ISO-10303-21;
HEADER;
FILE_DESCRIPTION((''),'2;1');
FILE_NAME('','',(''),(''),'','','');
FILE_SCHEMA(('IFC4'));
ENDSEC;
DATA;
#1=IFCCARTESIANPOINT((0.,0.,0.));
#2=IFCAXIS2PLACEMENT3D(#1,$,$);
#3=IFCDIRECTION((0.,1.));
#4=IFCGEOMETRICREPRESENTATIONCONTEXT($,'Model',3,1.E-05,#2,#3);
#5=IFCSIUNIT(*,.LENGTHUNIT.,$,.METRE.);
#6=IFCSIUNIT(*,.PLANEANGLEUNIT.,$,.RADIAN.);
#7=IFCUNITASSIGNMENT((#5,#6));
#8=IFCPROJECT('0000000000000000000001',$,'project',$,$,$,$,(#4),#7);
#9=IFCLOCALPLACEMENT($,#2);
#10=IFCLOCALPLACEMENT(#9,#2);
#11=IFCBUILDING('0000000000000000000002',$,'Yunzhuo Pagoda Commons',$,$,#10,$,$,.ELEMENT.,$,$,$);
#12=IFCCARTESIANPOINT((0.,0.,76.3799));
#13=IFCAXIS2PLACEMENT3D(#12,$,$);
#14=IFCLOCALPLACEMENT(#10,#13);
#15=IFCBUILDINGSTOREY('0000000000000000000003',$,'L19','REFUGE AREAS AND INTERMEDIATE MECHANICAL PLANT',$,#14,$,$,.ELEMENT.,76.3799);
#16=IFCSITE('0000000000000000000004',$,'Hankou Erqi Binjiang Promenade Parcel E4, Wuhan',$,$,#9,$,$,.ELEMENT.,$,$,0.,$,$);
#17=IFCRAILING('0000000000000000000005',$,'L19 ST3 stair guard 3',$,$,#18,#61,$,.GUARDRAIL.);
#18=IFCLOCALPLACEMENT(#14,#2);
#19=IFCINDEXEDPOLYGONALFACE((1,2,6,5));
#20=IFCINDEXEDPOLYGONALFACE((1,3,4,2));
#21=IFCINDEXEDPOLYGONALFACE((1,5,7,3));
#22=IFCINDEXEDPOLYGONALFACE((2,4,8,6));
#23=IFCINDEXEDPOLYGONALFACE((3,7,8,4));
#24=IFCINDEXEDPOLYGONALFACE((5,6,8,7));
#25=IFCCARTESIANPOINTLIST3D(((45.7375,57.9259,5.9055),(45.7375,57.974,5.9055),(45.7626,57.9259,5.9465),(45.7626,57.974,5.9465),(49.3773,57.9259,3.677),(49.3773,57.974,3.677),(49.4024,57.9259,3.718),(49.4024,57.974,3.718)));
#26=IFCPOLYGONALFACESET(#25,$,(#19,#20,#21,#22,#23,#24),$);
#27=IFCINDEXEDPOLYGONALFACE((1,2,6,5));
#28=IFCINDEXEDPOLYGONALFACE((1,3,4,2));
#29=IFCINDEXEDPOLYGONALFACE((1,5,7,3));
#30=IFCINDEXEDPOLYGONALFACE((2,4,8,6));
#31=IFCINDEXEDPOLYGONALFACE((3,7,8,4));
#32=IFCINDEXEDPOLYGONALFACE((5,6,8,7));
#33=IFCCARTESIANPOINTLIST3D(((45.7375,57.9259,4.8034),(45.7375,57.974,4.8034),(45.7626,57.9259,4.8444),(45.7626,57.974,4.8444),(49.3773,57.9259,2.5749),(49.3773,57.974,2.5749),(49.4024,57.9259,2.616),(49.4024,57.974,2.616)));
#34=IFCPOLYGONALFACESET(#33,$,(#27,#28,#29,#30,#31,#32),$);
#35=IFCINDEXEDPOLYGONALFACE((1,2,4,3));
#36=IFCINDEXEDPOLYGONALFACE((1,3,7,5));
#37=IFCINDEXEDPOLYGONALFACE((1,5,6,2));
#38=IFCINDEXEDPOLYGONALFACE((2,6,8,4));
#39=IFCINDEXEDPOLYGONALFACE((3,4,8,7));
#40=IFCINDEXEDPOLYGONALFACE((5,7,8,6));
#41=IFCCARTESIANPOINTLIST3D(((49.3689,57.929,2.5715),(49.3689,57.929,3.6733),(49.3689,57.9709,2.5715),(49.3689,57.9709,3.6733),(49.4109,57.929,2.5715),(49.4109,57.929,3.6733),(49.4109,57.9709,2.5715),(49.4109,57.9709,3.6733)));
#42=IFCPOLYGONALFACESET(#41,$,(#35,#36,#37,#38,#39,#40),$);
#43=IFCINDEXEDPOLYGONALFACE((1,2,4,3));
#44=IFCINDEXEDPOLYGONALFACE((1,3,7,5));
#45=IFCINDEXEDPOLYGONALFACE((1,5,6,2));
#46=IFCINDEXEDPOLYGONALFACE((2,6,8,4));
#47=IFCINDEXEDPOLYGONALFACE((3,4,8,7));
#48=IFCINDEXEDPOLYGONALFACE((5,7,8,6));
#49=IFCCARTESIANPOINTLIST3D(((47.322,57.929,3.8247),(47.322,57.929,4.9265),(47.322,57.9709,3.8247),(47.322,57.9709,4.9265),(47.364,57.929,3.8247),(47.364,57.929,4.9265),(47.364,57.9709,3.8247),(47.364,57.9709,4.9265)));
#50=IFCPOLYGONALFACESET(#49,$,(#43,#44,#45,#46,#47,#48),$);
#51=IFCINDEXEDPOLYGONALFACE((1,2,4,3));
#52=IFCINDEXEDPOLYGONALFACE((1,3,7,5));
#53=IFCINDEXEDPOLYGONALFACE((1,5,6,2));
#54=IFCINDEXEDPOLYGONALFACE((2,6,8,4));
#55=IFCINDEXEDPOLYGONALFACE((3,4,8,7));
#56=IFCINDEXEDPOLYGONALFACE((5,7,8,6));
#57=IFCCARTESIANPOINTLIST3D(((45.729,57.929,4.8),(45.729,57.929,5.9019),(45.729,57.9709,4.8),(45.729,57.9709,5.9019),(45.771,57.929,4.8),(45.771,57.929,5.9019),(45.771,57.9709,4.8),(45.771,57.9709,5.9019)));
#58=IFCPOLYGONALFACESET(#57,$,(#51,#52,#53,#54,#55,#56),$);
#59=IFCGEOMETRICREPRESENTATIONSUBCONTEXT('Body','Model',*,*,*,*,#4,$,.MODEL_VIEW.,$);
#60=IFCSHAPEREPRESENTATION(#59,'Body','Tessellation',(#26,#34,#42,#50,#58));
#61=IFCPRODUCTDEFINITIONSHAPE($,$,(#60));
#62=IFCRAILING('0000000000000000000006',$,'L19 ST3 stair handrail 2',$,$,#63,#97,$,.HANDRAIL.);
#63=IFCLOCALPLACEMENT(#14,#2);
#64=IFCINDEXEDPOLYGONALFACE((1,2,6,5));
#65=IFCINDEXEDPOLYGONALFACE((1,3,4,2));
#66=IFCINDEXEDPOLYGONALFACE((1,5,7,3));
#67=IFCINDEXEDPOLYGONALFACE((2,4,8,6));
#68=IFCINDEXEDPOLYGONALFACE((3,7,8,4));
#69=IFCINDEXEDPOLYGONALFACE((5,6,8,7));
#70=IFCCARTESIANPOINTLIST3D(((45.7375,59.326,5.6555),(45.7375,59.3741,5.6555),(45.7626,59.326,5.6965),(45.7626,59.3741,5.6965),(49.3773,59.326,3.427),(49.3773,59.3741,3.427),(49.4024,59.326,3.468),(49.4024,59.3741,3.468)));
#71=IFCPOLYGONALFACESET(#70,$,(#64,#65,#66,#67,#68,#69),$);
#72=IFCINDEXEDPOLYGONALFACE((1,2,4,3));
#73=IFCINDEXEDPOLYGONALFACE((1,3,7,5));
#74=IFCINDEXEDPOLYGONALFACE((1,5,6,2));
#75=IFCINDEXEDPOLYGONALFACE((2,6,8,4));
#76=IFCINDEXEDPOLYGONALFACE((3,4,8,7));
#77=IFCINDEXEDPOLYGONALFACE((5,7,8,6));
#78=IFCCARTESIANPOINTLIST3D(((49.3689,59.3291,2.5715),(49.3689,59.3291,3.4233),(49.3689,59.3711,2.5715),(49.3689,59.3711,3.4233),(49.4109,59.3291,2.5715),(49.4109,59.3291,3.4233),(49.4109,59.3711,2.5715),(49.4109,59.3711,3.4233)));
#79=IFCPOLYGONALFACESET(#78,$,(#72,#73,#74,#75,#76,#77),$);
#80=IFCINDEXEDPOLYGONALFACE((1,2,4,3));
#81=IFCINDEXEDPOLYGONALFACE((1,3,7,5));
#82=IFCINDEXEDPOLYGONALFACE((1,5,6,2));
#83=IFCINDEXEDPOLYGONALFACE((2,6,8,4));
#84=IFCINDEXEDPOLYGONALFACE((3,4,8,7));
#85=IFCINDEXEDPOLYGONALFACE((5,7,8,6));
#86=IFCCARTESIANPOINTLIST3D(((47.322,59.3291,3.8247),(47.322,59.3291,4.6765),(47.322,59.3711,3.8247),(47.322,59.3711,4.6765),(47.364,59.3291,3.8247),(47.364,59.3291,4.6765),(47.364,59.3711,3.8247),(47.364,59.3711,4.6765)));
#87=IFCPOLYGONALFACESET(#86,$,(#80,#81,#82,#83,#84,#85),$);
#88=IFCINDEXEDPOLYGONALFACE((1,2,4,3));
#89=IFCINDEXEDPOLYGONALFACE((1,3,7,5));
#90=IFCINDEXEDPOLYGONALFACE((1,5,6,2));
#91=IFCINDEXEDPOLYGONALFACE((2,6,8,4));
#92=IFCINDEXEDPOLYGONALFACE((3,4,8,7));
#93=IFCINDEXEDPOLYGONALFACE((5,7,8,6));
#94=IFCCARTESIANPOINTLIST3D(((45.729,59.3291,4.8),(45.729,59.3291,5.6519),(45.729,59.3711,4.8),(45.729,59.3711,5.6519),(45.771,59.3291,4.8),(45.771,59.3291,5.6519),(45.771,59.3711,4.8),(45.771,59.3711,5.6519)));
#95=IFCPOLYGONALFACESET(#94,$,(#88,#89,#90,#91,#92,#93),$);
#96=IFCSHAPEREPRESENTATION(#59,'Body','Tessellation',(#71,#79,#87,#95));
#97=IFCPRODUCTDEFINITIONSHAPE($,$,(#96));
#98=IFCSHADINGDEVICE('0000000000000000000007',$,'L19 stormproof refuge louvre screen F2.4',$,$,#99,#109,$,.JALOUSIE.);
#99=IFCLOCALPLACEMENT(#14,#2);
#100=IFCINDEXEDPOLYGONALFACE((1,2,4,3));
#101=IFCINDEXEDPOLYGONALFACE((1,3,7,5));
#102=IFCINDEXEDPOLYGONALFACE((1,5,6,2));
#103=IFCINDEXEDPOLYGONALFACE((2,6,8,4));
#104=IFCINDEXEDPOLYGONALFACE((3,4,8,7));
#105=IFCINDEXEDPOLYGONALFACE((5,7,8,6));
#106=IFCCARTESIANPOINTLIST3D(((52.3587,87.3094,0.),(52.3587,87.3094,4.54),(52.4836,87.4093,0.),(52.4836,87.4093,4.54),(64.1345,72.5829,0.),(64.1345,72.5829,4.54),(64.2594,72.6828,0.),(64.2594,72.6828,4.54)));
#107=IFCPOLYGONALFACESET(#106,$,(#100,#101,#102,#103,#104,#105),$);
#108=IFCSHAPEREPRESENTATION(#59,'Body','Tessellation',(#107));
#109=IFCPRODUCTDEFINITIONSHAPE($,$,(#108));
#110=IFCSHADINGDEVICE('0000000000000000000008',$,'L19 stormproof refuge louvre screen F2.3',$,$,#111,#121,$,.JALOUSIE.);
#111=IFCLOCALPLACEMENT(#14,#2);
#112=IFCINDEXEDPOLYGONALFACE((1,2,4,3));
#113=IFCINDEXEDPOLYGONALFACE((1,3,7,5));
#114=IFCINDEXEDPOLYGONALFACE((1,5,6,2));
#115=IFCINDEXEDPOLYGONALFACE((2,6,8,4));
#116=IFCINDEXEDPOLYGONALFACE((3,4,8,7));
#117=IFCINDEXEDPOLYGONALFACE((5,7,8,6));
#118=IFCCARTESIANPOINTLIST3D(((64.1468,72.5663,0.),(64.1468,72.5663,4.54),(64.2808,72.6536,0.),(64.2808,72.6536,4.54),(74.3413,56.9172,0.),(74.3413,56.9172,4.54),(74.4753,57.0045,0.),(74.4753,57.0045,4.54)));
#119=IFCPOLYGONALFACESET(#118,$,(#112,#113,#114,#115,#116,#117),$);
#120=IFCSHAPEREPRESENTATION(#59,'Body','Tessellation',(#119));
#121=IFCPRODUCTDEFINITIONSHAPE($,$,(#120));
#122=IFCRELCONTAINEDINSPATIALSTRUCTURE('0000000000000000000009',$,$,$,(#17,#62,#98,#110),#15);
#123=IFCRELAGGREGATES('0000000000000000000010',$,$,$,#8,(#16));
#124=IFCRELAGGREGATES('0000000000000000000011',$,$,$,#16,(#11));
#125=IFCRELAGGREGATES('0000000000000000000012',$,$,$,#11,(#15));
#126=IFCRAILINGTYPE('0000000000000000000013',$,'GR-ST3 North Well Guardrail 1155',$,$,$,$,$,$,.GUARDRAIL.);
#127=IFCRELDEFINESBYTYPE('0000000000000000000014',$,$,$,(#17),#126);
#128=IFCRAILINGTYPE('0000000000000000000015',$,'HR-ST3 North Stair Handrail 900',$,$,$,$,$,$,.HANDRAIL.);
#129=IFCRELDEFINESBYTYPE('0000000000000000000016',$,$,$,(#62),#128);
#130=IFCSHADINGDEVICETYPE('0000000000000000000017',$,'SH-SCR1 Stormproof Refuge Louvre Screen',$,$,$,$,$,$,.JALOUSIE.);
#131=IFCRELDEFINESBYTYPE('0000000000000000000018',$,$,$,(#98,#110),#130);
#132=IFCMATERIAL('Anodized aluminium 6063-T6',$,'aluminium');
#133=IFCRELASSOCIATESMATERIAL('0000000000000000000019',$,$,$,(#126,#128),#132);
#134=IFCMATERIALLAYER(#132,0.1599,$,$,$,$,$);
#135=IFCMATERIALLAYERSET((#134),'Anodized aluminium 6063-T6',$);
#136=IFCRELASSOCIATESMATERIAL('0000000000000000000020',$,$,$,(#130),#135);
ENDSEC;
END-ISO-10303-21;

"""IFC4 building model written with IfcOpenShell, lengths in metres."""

from ifc_helpers import new_model, si_unit, direction, frame, origin, origin_2d, place, context, subcontext, project, spatial, rectangle, extrude, source, transform, mapped, material, layer, layer_set, type_object, element, save


model = new_model("IFC4")

# Units and contexts
model_context = context("Model", 3, precision=1e-05, world=origin(), true_north=direction((0.0, 1.0)))
body_context = subcontext(model_context, "Body", "Model", "MODEL_VIEW")
ifc_project = project(units=[si_unit("LENGTHUNIT", "METRE"), si_unit("PLANEANGLEUNIT", "RADIAN")], contexts=[model_context])

# Site, building, storey
site_placement = place(None, origin())
site = spatial("IfcSite", under=ifc_project, at=site_placement, Name="Hankou Erqi Binjiang Promenade Parcel E4, Wuhan", CompositionType="ELEMENT", RefElevation=0.0)
building_placement = place(site_placement, origin())
building = spatial("IfcBuilding", under=site, at=building_placement, Name="Yunzhuo Pagoda Commons", CompositionType="ELEMENT")
storey_placement = place(building_placement, frame((0.0, 0.0, 76.3799)))
storey = spatial("IfcBuildingStorey", under=building, at=storey_placement, Name="L19", Description="REFUGE AREAS AND INTERMEDIATE MECHANICAL PLANT", CompositionType="ELEMENT", Elevation=76.3799)

# Railings
ifc_material_1 = material(Name="Anodized aluminium 6063-T6", Category="aluminium")
railing_type_1 = type_object("IfcRailingType", Name="GR-ST3 North Well Guardrail 1155", PredefinedType="GUARDRAIL", material=ifc_material_1)
railing_1_placement = place(storey_placement, frame((49.3899, 57.95, 2.5715)))
element("IfcRailing", 1, at=railing_1_placement, inside=storey, type_object=railing_type_1, Name="L19 ST3 stair guard 3", PredefinedType="GUARDRAIL", context=body_context, shape_type="SweptSolid", body=[
    extrude(rectangle(XDim=0.0481, YDim=0.0481, at=origin_2d()), frame((0.0, 0.0, 1.126), z_axis=(-0.85285, 0.0, 0.522156), x_axis=(0.0, -1.0, 0.0)), (0.0, 0.0, 1.0), 4.2678),
    extrude(rectangle(XDim=0.0481, YDim=0.0481, at=origin_2d()), frame((0.0, 0.0, 0.0239), z_axis=(-0.85285, 0.0, 0.522156), x_axis=(0.0, -1.0, 0.0)), (0.0, 0.0, 1.0), 4.2678),
    extrude(rectangle(XDim=0.042, YDim=0.042, at=origin_2d()), origin(), (0.0, 0.0, 1.0), 1.1018),
    extrude(rectangle(XDim=0.042, YDim=0.042, at=origin_2d()), frame((-2.0469, 0.0, 1.2532)), (0.0, 0.0, 1.0), 1.1018),
    extrude(rectangle(XDim=0.042, YDim=0.042, at=origin_2d()), frame((-3.6399, 0.0, 2.2285)), (0.0, 0.0, 1.0), 1.1018),
])
railing_type_2 = type_object("IfcRailingType", Name="HR-ST3 North Stair Handrail 900", PredefinedType="HANDRAIL", material=ifc_material_1)
railing_2_placement = place(storey_placement, frame((49.3899, 59.3501, 2.5715)))
element("IfcRailing", 2, at=railing_2_placement, inside=storey, type_object=railing_type_2, Name="L19 ST3 stair handrail 2", PredefinedType="HANDRAIL", context=body_context, shape_type="SweptSolid", body=[
    extrude(rectangle(XDim=0.0481, YDim=0.0481, at=origin_2d()), frame((0.0, 0.0, 0.876), z_axis=(-0.85285, 0.0, 0.522156), x_axis=(0.0, -1.0, 0.0)), (0.0, 0.0, 1.0), 4.2678),
    extrude(rectangle(XDim=0.042, YDim=0.042, at=origin_2d()), origin(), (0.0, 0.0, 1.0), 0.8518),
    extrude(rectangle(XDim=0.042, YDim=0.042, at=origin_2d()), frame((-2.0469, 0.0, 1.2532)), (0.0, 0.0, 1.0), 0.8518),
    extrude(rectangle(XDim=0.042, YDim=0.042, at=origin_2d()), frame((-3.6399, 0.0, 2.2285)), (0.0, 0.0, 1.0), 0.8518),
])

# Shading devices
ifc_layer_1 = layer(ifc_material_1, 0.1599)
ifc_layer_set_1 = layer_set([ifc_layer_1], Name="Anodized aluminium 6063-T6")
shading_device_type = type_object("IfcShadingDeviceType", Name="SH-SCR1 Stormproof Refuge Louvre Screen", PredefinedType="JALOUSIE", material=ifc_layer_set_1)
shared_shape_1 = source(origin(), body_context, "Body", "SweptSolid", [
    extrude(rectangle(XDim=18.8557, YDim=0.1599, at=origin_2d()), origin(), (0.0, 0.0, 1.0), 4.54),
])
shading_device_1_placement = place(storey_placement, frame((58.3091, 79.9961, 0.0), z_axis=(0.0, 0.0, 1.0), x_axis=(-0.62452, 0.781008, 0.0)))
element("IfcShadingDevice", 3, at=shading_device_1_placement, inside=storey, type_object=shading_device_type, Name="L19 stormproof refuge louvre screen F2.4", PredefinedType="JALOUSIE", context=body_context, shape_type="MappedRepresentation", body=[
    mapped(shared_shape_1, transform((0.0, 0.0, 0.0), scale=1.0)),
])
shared_shape_2 = source(origin(), body_context, "Body", "SweptSolid", [
    extrude(rectangle(XDim=18.6768, YDim=0.1599, at=origin_2d()), origin(), (0.0, 0.0, 1.0), 4.54),
])
shading_device_2_placement = place(storey_placement, frame((69.311, 64.7854, 0.0), z_axis=(0.0, 0.0, 1.0), x_axis=(-0.545839, 0.83789, 0.0)))
element("IfcShadingDevice", 4, at=shading_device_2_placement, inside=storey, type_object=shading_device_type, Name="L19 stormproof refuge louvre screen F2.3", PredefinedType="JALOUSIE", context=body_context, shape_type="MappedRepresentation", body=[
    mapped(shared_shape_2, transform((0.0, 0.0, 0.0), scale=1.0)),
])

save(model, "model.ifc")
